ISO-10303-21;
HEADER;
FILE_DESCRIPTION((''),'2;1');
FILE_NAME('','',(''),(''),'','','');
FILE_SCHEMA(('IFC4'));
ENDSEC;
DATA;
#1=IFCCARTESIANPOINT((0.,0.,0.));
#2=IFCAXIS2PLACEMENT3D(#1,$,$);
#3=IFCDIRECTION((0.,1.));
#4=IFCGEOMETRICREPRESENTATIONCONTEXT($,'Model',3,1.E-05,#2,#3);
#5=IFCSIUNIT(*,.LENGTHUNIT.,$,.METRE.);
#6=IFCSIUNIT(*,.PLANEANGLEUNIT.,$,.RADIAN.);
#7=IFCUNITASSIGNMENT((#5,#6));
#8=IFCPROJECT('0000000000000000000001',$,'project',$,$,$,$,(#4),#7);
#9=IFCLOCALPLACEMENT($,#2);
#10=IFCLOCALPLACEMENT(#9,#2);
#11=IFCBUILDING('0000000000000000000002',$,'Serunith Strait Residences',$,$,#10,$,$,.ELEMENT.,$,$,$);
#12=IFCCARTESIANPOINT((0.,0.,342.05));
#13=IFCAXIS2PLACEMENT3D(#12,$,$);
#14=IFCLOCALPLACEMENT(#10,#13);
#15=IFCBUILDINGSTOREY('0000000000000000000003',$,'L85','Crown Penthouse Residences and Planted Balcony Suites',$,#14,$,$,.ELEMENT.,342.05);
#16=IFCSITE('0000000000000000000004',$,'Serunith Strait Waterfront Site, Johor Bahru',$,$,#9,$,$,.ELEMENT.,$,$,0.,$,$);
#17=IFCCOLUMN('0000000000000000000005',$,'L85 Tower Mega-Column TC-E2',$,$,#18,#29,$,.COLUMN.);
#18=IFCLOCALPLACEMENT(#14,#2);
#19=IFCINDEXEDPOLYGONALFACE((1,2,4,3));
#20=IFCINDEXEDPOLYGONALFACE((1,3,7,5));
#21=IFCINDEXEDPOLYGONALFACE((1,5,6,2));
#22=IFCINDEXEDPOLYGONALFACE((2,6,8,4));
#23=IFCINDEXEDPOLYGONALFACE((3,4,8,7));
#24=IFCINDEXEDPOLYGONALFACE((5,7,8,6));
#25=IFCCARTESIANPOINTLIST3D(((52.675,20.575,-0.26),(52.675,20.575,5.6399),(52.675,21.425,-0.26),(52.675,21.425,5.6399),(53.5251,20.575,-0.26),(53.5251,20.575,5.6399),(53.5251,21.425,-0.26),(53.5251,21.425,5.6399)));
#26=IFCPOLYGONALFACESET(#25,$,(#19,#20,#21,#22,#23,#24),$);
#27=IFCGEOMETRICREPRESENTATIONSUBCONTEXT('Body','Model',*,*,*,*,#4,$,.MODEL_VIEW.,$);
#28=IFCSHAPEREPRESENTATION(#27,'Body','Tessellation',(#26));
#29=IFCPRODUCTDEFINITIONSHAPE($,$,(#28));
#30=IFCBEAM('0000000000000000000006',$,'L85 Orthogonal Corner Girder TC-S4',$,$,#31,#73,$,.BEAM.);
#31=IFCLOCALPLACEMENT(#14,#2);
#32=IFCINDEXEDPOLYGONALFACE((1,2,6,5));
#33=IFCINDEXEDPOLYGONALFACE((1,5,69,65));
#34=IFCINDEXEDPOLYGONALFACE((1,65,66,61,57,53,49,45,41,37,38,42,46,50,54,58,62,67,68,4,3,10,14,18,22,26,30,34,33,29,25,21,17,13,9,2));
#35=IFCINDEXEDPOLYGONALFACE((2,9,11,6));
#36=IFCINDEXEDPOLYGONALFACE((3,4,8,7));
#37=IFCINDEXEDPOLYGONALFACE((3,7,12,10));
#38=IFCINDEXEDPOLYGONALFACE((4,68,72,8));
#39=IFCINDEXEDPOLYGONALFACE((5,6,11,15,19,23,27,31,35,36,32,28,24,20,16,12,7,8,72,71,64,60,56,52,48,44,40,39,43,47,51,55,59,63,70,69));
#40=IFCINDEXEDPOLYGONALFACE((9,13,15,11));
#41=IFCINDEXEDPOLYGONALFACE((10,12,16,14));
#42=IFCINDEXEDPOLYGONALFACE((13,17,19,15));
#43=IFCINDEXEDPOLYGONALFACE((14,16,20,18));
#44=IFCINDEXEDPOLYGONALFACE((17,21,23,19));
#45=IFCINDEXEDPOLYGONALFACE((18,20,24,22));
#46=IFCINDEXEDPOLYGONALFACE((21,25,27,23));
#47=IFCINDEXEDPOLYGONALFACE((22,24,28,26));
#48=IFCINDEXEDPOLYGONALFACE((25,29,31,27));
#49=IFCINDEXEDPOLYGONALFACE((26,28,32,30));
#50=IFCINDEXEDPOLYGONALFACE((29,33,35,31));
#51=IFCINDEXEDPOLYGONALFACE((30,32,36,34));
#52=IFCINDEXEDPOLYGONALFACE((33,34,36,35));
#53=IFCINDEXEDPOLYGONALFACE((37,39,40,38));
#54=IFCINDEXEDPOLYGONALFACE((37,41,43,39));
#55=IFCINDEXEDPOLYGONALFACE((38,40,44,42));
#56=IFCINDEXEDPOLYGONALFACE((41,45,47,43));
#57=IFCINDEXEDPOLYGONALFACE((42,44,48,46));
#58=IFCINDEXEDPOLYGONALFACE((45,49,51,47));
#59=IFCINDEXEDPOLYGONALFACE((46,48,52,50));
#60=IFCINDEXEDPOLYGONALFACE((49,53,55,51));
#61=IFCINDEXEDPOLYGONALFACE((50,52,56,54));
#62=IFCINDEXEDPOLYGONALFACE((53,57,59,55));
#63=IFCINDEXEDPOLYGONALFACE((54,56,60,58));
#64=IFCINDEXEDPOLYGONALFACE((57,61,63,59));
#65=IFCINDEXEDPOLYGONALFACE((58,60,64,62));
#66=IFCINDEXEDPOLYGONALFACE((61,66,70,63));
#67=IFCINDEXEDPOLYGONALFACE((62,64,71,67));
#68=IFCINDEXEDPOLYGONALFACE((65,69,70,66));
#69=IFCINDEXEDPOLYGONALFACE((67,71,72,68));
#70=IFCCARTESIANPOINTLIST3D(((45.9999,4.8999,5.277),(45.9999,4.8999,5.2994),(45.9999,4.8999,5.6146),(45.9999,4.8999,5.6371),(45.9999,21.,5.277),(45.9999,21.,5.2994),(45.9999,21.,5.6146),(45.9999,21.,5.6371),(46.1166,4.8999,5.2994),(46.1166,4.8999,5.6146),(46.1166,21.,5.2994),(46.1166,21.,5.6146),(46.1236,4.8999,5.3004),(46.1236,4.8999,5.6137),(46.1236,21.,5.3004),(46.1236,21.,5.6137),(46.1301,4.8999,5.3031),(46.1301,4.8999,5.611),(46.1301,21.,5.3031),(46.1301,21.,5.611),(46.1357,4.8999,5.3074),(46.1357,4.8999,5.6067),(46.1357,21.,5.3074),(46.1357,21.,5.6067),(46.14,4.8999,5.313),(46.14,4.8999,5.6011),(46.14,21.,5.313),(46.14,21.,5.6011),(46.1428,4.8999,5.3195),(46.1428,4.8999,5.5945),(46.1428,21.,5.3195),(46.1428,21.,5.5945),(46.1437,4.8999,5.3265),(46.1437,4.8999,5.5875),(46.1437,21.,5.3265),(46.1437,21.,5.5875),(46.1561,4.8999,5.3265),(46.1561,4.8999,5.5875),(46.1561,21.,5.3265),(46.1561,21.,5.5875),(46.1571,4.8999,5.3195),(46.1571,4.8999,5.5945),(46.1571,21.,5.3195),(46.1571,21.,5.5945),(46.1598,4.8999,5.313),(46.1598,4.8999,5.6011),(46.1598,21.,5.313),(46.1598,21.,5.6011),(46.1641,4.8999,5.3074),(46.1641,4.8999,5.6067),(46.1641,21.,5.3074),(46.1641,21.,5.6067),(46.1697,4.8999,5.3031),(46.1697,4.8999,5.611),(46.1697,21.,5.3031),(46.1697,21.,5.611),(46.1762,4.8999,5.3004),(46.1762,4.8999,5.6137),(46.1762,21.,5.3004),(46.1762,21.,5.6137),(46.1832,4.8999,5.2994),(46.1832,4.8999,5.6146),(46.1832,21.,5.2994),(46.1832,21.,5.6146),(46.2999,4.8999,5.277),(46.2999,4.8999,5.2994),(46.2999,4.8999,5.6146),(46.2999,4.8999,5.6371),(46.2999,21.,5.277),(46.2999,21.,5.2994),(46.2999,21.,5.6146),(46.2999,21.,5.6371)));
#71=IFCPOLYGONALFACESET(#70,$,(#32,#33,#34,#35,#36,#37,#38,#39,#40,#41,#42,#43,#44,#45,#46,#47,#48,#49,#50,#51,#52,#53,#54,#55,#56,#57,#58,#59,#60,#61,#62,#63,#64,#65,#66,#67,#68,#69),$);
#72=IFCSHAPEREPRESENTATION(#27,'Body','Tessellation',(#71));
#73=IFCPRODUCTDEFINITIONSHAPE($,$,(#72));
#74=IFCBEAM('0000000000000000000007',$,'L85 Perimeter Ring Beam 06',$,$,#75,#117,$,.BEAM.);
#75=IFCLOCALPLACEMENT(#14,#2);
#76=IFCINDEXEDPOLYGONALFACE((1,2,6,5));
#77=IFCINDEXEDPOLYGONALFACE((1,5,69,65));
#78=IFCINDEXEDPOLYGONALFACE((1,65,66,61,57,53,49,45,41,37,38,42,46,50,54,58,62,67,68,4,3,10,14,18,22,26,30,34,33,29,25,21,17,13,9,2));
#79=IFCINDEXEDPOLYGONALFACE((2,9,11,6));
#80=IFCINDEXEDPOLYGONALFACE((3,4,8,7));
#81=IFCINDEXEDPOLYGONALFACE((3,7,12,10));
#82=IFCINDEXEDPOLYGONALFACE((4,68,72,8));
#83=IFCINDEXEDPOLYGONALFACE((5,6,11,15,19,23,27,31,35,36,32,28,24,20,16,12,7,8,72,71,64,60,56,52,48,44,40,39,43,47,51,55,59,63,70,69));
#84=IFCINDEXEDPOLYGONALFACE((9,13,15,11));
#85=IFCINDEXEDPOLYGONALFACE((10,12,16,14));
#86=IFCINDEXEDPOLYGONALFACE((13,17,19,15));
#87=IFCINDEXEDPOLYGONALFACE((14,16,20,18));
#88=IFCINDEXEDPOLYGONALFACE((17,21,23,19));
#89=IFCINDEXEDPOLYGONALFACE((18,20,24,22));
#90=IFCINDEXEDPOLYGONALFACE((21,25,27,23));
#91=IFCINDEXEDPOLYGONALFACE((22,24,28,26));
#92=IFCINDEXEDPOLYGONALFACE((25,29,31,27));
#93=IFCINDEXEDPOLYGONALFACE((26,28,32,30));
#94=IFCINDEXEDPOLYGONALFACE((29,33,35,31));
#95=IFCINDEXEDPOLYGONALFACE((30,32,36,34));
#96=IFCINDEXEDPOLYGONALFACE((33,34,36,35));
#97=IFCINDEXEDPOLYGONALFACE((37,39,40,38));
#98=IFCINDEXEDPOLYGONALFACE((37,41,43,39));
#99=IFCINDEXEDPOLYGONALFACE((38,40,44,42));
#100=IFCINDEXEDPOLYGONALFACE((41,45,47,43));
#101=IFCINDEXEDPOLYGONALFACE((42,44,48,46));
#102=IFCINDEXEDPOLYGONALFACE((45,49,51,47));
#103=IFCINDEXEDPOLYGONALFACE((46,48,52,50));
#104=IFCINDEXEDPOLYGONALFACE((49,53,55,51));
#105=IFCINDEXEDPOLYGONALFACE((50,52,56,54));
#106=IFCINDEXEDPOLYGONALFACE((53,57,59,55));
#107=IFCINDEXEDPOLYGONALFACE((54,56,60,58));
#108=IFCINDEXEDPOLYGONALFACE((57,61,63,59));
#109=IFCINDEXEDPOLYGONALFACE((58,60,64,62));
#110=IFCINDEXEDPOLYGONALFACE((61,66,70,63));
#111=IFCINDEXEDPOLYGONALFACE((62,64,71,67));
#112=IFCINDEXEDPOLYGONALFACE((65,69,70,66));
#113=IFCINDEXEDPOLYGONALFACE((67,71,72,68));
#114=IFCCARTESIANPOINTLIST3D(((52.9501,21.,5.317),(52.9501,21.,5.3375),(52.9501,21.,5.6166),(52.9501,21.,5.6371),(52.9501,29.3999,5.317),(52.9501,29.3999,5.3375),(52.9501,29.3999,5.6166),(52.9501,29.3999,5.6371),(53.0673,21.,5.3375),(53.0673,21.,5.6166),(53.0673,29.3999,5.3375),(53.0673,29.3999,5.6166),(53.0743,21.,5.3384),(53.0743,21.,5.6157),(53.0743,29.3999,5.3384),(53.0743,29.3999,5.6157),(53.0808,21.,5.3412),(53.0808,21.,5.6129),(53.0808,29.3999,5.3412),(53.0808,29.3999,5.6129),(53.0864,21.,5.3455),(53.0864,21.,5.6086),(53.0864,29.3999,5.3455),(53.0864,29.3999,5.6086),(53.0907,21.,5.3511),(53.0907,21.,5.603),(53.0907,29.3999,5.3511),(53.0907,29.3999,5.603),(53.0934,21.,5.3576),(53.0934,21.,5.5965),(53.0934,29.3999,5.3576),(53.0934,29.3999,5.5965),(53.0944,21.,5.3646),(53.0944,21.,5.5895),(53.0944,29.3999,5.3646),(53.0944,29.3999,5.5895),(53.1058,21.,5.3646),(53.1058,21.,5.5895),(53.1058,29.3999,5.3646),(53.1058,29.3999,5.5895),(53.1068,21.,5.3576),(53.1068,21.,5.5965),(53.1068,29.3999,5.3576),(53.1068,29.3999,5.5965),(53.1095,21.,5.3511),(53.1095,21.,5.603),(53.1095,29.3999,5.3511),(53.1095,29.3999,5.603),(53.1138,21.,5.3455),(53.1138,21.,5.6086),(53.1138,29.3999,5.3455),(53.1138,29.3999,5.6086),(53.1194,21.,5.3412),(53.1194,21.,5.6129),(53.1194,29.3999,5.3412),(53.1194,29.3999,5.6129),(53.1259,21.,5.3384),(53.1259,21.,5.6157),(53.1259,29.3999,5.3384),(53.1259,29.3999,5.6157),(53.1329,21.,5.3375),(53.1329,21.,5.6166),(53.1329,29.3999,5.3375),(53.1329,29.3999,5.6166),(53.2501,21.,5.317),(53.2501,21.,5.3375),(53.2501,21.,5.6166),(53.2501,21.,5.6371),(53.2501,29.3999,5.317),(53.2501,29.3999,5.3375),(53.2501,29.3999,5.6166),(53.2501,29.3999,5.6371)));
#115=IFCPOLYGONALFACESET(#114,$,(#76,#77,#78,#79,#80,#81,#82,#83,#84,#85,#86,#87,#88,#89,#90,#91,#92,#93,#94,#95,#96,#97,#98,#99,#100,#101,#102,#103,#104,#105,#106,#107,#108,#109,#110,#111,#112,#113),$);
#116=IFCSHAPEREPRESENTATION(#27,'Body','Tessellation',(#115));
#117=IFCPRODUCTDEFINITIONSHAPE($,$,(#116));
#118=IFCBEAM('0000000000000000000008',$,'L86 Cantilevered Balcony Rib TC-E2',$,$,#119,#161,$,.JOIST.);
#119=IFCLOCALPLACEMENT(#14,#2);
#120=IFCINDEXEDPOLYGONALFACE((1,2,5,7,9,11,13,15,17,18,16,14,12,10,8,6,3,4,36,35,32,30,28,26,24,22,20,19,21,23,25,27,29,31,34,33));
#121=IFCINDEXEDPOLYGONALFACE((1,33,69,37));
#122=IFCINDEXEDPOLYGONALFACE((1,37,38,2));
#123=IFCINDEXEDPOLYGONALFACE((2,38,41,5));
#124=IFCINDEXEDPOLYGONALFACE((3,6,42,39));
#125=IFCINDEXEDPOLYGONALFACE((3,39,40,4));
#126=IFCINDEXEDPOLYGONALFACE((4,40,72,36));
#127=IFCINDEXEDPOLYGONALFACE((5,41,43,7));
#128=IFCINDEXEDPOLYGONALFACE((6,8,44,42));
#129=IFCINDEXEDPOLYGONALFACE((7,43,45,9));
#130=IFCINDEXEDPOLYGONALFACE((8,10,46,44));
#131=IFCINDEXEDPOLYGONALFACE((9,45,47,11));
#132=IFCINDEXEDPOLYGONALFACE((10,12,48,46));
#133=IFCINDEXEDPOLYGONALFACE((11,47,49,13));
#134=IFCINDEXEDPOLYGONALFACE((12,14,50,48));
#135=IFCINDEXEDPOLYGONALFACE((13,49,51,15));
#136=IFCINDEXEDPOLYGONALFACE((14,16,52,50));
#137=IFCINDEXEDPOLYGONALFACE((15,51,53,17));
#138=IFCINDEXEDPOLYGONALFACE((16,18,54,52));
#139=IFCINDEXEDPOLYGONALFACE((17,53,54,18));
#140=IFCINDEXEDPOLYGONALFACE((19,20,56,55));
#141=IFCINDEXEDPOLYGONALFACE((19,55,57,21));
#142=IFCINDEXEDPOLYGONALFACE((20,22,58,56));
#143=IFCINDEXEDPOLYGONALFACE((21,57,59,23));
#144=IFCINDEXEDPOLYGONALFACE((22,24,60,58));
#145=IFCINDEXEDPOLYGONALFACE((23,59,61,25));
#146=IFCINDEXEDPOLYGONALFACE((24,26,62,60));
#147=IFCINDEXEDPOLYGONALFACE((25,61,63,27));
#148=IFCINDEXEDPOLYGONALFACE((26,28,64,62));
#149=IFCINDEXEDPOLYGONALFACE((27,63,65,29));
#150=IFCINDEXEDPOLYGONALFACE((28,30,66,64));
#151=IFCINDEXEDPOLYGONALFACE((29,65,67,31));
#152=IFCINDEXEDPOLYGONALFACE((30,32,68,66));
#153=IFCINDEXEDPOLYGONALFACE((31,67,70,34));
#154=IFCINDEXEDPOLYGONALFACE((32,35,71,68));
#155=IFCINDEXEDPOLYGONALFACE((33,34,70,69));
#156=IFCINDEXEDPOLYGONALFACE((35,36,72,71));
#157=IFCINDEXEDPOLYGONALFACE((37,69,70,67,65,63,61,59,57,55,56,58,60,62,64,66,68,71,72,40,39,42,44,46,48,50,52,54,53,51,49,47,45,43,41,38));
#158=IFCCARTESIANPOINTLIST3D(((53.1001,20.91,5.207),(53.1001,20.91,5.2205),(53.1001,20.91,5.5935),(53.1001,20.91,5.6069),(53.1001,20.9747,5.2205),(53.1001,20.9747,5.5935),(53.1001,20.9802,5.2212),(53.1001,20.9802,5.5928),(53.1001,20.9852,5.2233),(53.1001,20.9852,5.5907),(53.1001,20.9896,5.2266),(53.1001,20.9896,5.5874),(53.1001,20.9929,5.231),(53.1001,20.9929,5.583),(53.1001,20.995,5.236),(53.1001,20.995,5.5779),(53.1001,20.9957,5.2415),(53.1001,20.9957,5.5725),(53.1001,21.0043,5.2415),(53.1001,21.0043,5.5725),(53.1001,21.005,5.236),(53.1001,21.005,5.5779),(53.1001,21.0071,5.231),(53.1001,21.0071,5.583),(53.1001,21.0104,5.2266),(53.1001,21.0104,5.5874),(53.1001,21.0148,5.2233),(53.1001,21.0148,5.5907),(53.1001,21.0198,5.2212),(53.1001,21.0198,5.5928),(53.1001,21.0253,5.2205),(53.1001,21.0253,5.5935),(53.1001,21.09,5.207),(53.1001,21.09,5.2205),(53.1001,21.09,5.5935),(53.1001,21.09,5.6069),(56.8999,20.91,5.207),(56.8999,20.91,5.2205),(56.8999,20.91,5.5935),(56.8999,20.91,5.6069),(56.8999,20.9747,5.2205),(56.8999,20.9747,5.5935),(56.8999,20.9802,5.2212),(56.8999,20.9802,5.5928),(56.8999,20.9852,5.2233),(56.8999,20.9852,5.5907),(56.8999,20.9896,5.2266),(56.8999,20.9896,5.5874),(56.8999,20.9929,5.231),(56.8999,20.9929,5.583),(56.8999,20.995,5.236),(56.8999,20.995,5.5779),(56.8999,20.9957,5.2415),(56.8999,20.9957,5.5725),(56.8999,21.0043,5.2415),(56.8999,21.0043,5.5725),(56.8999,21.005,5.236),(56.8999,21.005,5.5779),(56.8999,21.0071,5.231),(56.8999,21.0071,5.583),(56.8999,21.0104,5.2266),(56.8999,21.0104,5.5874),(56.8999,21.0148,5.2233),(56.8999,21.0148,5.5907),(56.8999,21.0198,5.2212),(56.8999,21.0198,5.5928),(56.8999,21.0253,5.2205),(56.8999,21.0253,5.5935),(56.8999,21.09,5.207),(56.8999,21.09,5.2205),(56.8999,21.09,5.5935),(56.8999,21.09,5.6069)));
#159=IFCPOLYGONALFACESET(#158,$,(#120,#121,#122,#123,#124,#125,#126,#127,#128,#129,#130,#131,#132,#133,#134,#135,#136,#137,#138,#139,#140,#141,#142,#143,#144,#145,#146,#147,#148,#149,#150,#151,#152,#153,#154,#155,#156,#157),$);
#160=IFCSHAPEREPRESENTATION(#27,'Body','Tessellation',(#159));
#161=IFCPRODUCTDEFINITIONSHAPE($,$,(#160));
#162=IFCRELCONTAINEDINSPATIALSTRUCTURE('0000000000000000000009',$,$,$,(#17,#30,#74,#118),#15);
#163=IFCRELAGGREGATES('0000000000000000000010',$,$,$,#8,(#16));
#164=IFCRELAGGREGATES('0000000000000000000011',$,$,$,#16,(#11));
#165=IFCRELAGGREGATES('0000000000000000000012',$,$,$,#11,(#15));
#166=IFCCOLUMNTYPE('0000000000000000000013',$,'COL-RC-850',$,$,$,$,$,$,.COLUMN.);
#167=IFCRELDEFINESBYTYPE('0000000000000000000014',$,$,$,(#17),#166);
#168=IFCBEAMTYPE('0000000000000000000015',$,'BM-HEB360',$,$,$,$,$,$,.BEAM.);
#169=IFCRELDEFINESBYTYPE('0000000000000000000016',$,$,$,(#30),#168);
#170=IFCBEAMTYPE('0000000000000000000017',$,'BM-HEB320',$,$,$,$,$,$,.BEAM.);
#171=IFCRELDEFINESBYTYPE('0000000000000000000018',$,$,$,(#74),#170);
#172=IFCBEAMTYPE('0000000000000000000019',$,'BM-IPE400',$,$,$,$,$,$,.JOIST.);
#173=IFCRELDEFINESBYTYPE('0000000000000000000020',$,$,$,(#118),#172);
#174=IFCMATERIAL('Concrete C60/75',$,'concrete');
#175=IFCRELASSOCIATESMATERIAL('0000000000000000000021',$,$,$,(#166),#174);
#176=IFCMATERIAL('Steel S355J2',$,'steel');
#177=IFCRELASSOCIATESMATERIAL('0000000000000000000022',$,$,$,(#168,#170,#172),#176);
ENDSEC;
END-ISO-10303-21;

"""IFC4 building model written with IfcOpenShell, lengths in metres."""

from ifc_helpers import new_model, si_unit, direction, frame, origin, origin_2d, place, context, subcontext, project, spatial, rectangle, i_section, extrude, source, transform, mapped, material, material_profile, profile_set, type_object, element, save


model = new_model("IFC4")

# Units and contexts
model_context = context("Model", 3, precision=1e-05, world=origin(), true_north=direction((0.0, 1.0)))
body_context = subcontext(model_context, "Body", "Model", "MODEL_VIEW")
ifc_project = project(units=[si_unit("LENGTHUNIT", "METRE"), si_unit("PLANEANGLEUNIT", "RADIAN")], contexts=[model_context])

# Site, building, storey
site_placement = place(None, origin())
site = spatial("IfcSite", under=ifc_project, at=site_placement, Name="Serunith Strait Waterfront Site, Johor Bahru", CompositionType="ELEMENT", RefElevation=0.0)
building_placement = place(site_placement, origin())
building = spatial("IfcBuilding", under=site, at=building_placement, Name="Serunith Strait Residences", CompositionType="ELEMENT")
storey_placement = place(building_placement, frame((0.0, 0.0, 342.05)))
storey = spatial("IfcBuildingStorey", under=building, at=storey_placement, Name="L85", Description="Crown Penthouse Residences and Planted Balcony Suites", CompositionType="ELEMENT", Elevation=342.05)

# Column
ifc_material_1 = material(Name="Concrete C60/75", Category="concrete")
ifc_material_profile_1 = material_profile(ifc_material_1, rectangle(XDim=0.8501, YDim=0.8501, at=origin_2d()), Name="RC 850x850")
ifc_profile_set_1 = profile_set([ifc_material_profile_1], Name="Concrete C60/75")
column_type = type_object("IfcColumnType", Name="COL-RC-850", PredefinedType="COLUMN", material=ifc_profile_set_1)
shared_shape_1 = source(origin(), body_context, "Body", "SweptSolid", [
    extrude(rectangle(XDim=0.8501, YDim=0.8501, at=origin_2d()), origin(), (0.0, 0.0, 1.0), 5.8999),
])
column_placement = place(storey_placement, frame((53.1001, 21.0, -0.26), z_axis=(0.0, 0.0, 1.0), x_axis=(1.0, 0.0, 0.0)))
element("IfcColumn", 1, at=column_placement, inside=storey, type_object=column_type, Name="L85 Tower Mega-Column TC-E2", PredefinedType="COLUMN", context=body_context, shape_type="MappedRepresentation", body=[
    mapped(shared_shape_1, transform((0.0, 0.0, 0.0), scale=1.0)),
])

# Beams
ifc_material_2 = material(Name="Steel S355J2", Category="steel")
ifc_material_profile_2 = material_profile(ifc_material_2, i_section(OverallWidth=0.3, OverallDepth=0.3601, WebThickness=0.0125, FlangeThickness=0.0225, FilletRadius=0.0271, at=origin_2d()), Name="HEB 360")
ifc_profile_set_2 = profile_set([ifc_material_profile_2], Name="Steel S355J2")
beam_type_1 = type_object("IfcBeamType", Name="BM-HEB360", PredefinedType="BEAM", material=ifc_profile_set_2)
shared_shape_2 = source(origin(), body_context, "Body", "SweptSolid", [
    extrude(i_section(OverallWidth=0.3, OverallDepth=0.3601, WebThickness=0.0125, FlangeThickness=0.0225, FilletRadius=0.0271, at=origin_2d()), origin(), (0.0, 0.0, 1.0), 16.1001),
])
beam_1_placement = place(storey_placement, frame((46.1499, 21.0, 5.457), z_axis=(0.0, -1.0, 0.0), x_axis=(1.0, 0.0, 0.0)))
element("IfcBeam", 2, at=beam_1_placement, inside=storey, type_object=beam_type_1, Name="L85 Orthogonal Corner Girder TC-S4", PredefinedType="BEAM", context=body_context, shape_type="MappedRepresentation", body=[
    mapped(shared_shape_2, transform((0.0, 0.0, 0.0), scale=1.0)),
])
ifc_material_profile_3 = material_profile(ifc_material_2, i_section(OverallWidth=0.3, OverallDepth=0.3201, WebThickness=0.0115, FlangeThickness=0.0205, FilletRadius=0.0271, at=origin_2d()), Name="HEB 320")
ifc_profile_set_3 = profile_set([ifc_material_profile_3], Name="Steel S355J2")
beam_type_2 = type_object("IfcBeamType", Name="BM-HEB320", PredefinedType="BEAM", material=ifc_profile_set_3)
shared_shape_3 = source(origin(), body_context, "Body", "SweptSolid", [
    extrude(i_section(OverallWidth=0.3, OverallDepth=0.3201, WebThickness=0.0115, FlangeThickness=0.0205, FilletRadius=0.0271, at=origin_2d()), origin(), (0.0, 0.0, 1.0), 8.3999),
])
beam_2_placement = place(storey_placement, frame((53.1001, 21.0, 5.4771), z_axis=(0.0, 1.0, 0.0), x_axis=(-1.0, 0.0, 0.0)))
element("IfcBeam", 3, at=beam_2_placement, inside=storey, type_object=beam_type_2, Name="L85 Perimeter Ring Beam 06", PredefinedType="BEAM", context=body_context, shape_type="MappedRepresentation", body=[
    mapped(shared_shape_3, transform((0.0, 0.0, 0.0), scale=1.0)),
])
ifc_material_profile_4 = material_profile(ifc_material_2, i_section(OverallWidth=0.1799, OverallDepth=0.3999, WebThickness=0.0085, FlangeThickness=0.0134, FilletRadius=0.021, at=origin_2d()), Name="IPE 400")
ifc_profile_set_4 = profile_set([ifc_material_profile_4], Name="Steel S355J2")
beam_type_3 = type_object("IfcBeamType", Name="BM-IPE400", PredefinedType="JOIST", material=ifc_profile_set_4)
shared_shape_4 = source(origin(), body_context, "Body", "SweptSolid", [
    extrude(i_section(OverallWidth=0.1799, OverallDepth=0.3999, WebThickness=0.0085, FlangeThickness=0.0134, FilletRadius=0.021, at=origin_2d()), origin(), (0.0, 0.0, 1.0), 3.7998),
])
beam_3_placement = place(storey_placement, frame((53.1001, 21.0, 5.407), z_axis=(1.0, 0.0, 0.0), x_axis=(0.0, 1.0, 0.0)))
element("IfcBeam", 4, at=beam_3_placement, inside=storey, type_object=beam_type_3, Name="L86 Cantilevered Balcony Rib TC-E2", PredefinedType="JOIST", context=body_context, shape_type="MappedRepresentation", body=[
    mapped(shared_shape_4, transform((0.0, 0.0, 0.0), scale=1.0)),
])

save(model, "model.ifc")
